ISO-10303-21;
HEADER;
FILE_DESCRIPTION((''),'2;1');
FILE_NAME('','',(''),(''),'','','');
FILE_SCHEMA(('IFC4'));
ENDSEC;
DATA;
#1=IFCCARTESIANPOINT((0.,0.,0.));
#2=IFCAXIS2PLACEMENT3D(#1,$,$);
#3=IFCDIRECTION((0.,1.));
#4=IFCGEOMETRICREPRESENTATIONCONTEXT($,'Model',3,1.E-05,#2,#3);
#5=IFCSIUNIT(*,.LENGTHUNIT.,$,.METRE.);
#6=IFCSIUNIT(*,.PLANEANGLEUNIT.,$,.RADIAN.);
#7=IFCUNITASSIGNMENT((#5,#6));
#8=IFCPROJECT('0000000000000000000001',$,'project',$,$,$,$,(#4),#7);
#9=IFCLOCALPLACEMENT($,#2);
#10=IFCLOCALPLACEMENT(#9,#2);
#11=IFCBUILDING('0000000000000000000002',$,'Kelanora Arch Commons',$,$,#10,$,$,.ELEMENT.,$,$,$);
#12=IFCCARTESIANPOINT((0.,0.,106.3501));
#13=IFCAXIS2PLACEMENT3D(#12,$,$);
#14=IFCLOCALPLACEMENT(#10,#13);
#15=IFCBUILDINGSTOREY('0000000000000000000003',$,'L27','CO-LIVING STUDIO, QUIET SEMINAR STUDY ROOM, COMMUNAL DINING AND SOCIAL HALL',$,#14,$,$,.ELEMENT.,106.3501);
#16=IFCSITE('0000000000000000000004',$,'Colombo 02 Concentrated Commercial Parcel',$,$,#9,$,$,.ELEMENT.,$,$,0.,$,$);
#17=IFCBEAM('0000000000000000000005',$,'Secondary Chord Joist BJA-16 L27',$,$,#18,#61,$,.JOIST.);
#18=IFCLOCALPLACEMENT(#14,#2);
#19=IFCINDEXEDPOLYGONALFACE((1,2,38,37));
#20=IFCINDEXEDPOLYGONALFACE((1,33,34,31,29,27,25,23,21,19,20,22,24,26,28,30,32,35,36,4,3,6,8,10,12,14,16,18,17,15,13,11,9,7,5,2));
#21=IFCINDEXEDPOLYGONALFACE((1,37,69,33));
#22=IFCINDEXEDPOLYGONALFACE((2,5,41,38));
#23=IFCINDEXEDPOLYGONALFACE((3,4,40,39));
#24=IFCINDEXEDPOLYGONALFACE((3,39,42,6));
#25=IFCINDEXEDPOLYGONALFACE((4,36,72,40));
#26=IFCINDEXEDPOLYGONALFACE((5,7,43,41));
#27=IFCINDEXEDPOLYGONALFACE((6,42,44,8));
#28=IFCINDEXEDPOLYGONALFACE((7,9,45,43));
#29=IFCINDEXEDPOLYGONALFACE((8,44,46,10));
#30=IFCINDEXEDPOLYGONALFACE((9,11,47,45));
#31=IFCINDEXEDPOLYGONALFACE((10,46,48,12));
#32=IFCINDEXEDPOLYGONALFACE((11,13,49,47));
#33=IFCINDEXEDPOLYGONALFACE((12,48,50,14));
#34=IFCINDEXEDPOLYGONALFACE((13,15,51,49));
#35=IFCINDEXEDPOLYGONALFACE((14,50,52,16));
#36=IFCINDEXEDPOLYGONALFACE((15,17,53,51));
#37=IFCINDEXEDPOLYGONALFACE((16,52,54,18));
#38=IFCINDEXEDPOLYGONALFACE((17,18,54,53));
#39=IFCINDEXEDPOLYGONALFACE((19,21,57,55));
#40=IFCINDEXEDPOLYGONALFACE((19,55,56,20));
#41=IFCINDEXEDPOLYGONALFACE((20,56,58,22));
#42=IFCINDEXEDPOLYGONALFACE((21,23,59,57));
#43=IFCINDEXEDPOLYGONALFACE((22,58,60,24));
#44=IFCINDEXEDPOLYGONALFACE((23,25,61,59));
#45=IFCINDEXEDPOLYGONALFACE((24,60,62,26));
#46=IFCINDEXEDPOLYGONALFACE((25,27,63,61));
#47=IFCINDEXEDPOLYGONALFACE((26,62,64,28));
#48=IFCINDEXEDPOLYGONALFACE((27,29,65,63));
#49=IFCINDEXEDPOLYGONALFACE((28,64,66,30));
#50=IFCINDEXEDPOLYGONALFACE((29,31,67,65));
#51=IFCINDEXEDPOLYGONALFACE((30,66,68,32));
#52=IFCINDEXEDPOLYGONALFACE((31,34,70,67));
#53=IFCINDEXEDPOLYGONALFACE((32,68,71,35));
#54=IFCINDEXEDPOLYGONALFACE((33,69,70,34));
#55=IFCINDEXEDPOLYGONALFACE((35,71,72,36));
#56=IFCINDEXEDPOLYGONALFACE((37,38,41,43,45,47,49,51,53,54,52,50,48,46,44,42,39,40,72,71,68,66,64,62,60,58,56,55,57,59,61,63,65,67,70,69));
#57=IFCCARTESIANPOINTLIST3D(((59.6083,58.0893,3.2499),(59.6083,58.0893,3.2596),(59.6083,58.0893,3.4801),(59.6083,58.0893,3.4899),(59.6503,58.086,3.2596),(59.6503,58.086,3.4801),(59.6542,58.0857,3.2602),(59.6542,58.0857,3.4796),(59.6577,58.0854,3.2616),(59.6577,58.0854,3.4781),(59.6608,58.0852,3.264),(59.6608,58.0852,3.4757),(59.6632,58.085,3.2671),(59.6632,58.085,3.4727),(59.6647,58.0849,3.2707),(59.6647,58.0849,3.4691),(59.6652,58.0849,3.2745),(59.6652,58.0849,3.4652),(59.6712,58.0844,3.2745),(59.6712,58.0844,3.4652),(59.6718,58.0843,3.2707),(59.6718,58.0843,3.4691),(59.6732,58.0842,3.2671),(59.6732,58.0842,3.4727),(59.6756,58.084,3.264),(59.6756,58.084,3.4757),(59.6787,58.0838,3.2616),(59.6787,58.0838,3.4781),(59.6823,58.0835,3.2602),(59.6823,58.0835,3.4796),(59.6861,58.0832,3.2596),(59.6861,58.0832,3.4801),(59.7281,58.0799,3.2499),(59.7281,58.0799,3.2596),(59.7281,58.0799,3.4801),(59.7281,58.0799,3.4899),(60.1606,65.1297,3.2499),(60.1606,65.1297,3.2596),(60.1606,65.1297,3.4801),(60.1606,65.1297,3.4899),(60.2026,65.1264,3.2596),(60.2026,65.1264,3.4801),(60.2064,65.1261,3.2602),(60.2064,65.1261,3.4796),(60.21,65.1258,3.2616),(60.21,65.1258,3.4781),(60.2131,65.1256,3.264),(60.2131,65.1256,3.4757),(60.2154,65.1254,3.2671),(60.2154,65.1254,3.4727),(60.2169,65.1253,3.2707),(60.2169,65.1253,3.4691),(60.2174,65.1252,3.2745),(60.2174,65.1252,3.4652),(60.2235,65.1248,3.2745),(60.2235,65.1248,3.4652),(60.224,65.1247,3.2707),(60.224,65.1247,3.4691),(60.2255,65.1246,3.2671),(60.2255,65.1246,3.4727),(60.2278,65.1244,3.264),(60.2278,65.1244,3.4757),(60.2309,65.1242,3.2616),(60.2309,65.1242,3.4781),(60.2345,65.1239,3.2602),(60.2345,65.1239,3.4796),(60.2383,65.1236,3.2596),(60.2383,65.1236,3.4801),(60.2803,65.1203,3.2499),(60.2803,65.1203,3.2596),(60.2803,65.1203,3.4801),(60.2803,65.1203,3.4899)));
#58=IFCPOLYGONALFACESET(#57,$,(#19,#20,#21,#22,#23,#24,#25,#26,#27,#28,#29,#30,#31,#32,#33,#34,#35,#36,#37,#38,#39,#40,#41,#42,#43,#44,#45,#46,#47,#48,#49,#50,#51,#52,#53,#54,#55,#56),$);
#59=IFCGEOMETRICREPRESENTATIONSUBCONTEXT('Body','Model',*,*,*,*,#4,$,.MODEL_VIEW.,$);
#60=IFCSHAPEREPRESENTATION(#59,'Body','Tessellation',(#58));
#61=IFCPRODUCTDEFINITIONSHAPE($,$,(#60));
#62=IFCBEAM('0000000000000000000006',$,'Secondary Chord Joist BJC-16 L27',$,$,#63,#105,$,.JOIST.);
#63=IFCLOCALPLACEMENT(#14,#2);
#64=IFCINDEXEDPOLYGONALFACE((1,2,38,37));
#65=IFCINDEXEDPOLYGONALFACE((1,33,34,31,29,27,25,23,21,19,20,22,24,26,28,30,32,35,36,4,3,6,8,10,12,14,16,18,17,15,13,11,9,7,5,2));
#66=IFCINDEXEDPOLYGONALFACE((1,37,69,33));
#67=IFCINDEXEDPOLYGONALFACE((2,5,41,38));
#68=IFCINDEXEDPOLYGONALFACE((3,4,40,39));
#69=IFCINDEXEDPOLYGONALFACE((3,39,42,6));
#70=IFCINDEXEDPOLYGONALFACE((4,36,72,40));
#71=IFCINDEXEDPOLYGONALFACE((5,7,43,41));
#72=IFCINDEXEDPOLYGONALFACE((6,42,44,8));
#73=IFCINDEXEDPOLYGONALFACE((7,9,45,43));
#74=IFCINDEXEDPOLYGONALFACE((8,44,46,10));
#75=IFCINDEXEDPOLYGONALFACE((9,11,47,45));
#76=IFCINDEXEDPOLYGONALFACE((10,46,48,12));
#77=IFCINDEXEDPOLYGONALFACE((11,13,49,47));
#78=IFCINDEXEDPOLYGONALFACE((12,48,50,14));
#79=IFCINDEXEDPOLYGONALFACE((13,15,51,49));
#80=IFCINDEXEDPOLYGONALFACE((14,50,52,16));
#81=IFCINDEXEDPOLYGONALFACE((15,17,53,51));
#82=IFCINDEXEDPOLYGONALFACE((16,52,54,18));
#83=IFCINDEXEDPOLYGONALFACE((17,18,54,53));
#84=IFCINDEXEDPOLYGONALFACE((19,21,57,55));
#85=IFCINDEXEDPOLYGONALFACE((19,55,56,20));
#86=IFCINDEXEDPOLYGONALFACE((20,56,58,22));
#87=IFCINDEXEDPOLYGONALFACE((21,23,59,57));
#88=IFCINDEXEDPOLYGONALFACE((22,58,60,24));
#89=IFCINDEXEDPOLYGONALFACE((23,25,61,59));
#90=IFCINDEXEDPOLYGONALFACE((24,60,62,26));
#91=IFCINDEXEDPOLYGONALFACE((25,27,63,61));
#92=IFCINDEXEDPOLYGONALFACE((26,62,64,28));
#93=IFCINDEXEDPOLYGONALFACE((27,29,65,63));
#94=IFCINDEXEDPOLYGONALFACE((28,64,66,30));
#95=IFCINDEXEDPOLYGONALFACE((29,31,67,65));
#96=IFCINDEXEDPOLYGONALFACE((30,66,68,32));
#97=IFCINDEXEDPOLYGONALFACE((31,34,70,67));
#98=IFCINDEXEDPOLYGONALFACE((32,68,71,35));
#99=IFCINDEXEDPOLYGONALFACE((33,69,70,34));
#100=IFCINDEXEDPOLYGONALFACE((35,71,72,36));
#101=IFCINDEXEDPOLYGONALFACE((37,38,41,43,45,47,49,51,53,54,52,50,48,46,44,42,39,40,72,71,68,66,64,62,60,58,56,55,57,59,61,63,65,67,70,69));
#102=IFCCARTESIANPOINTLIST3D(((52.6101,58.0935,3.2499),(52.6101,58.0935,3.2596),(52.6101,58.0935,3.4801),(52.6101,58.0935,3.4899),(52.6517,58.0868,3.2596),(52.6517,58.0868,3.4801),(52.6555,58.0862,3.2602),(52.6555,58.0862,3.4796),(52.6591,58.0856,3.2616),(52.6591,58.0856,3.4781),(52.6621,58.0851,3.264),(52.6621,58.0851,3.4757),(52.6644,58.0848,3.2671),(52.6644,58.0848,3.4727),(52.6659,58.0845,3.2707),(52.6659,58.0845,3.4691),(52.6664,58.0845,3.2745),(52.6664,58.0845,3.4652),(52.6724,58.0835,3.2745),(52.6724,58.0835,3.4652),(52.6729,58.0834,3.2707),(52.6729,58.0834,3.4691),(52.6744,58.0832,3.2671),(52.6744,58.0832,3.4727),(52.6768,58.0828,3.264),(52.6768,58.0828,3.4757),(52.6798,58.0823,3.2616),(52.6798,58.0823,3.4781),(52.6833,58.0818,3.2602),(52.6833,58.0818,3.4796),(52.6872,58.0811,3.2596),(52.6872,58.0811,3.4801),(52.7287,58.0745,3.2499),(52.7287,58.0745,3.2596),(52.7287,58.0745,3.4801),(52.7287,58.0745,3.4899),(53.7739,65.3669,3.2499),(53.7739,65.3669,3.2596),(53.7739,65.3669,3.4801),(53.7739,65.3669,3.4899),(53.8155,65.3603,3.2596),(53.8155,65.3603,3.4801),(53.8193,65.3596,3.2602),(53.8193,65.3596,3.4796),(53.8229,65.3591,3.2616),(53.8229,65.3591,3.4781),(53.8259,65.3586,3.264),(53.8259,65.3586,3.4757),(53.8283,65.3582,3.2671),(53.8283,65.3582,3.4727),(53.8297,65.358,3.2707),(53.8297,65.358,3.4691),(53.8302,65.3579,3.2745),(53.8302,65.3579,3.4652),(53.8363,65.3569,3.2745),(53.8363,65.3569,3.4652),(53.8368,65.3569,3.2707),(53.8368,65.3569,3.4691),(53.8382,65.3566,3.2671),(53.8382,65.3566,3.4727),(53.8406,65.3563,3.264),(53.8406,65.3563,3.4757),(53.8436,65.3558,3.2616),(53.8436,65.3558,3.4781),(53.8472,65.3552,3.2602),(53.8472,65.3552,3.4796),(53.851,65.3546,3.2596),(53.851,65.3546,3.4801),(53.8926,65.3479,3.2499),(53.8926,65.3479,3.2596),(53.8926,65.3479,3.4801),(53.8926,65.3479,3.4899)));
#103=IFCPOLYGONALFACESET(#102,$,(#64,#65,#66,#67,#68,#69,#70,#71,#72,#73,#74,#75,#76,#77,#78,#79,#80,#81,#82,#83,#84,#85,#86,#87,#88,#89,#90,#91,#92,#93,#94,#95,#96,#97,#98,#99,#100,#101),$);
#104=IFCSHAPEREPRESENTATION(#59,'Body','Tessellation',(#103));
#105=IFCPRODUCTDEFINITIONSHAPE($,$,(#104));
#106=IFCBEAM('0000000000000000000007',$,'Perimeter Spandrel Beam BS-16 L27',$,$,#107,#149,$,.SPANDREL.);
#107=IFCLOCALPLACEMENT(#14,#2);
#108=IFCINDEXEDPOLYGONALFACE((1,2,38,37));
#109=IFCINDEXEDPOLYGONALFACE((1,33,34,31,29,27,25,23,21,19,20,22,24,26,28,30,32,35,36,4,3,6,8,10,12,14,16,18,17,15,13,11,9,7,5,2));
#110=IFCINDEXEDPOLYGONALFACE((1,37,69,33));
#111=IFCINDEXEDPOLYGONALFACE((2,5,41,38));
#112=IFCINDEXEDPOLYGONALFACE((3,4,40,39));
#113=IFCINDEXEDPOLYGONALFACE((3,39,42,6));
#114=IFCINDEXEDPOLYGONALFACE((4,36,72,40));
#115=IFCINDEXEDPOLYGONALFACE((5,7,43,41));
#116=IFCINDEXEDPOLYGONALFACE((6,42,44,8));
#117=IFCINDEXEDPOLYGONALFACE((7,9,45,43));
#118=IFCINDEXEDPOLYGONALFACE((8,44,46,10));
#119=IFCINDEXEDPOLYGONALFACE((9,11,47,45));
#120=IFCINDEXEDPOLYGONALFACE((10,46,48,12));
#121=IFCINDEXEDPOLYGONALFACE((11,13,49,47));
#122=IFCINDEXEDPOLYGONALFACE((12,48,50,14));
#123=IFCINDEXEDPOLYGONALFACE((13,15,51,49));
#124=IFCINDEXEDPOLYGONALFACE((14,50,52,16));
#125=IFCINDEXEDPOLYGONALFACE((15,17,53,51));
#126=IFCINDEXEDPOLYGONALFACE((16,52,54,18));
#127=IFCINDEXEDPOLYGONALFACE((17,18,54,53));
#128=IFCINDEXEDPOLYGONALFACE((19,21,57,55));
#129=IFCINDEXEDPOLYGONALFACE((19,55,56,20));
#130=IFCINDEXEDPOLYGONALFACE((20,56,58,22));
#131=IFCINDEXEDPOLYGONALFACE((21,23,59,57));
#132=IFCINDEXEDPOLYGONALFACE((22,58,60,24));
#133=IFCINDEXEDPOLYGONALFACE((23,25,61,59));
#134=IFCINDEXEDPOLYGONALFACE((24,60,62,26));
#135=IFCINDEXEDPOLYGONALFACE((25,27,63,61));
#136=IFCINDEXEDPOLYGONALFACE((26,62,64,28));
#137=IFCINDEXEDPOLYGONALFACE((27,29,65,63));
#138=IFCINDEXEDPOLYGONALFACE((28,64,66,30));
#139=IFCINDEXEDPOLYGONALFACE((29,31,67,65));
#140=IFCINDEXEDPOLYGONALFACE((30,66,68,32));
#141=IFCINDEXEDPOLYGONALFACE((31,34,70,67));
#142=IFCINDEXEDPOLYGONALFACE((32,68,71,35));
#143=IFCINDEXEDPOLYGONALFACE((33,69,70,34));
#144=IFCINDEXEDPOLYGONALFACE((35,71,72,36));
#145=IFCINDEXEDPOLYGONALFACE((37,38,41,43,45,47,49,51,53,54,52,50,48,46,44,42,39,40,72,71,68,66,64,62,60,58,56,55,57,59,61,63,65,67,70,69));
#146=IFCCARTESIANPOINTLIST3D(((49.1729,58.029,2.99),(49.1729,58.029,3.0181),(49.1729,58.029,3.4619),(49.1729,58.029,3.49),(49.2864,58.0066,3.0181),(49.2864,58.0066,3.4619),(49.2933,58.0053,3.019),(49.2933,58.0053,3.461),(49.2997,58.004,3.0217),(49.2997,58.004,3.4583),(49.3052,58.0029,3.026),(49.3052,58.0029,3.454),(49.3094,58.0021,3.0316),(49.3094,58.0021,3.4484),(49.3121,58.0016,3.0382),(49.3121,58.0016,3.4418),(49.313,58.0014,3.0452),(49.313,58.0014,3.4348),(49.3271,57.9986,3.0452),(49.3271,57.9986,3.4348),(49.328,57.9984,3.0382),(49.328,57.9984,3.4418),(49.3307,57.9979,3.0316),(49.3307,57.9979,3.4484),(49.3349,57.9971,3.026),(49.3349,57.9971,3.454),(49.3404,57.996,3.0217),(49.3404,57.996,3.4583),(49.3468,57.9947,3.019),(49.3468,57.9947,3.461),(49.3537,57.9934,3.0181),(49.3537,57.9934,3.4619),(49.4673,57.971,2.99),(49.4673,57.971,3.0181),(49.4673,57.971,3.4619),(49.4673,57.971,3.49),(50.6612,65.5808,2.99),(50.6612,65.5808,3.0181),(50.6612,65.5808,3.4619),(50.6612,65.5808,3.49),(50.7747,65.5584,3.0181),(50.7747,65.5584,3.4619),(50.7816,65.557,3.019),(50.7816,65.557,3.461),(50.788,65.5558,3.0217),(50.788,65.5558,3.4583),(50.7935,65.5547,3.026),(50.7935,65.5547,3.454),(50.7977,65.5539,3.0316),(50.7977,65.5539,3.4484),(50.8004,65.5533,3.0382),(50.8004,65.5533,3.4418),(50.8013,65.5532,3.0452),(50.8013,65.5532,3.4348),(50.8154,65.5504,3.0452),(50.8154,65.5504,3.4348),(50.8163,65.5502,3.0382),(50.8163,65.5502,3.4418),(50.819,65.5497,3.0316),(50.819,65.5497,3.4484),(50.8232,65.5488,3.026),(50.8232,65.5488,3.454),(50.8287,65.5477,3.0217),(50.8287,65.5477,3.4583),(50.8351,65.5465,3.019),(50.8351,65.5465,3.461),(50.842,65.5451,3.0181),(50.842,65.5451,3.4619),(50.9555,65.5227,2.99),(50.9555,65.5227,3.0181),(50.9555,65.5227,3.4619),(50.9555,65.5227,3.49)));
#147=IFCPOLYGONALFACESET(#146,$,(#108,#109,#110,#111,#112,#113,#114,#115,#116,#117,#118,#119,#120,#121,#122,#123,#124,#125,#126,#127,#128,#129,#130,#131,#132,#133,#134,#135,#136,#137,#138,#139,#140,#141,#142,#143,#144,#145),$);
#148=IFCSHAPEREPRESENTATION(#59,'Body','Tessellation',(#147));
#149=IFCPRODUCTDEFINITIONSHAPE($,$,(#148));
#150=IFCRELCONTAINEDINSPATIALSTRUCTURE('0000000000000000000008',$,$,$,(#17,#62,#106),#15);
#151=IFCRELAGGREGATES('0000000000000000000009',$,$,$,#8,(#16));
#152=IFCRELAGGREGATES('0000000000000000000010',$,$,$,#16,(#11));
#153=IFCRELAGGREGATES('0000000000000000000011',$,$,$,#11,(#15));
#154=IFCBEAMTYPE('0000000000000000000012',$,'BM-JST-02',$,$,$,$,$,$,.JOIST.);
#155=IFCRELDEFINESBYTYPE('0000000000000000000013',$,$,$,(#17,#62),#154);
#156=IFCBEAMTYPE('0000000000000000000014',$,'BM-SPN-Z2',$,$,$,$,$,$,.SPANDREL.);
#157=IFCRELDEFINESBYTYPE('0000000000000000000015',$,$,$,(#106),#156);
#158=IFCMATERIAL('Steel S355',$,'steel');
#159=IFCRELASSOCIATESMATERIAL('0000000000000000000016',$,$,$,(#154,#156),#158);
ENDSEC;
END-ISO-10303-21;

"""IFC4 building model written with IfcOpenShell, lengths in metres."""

from ifc_helpers import new_model, si_unit, direction, frame, origin, origin_2d, place, context, subcontext, project, spatial, i_section, extrude, material, material_profile, profile_set, type_object, element, save


model = new_model("IFC4")

# Units and contexts
model_context = context("Model", 3, precision=1e-05, world=origin(), true_north=direction((0.0, 1.0)))
body_context = subcontext(model_context, "Body", "Model", "MODEL_VIEW")
ifc_project = project(units=[si_unit("LENGTHUNIT", "METRE"), si_unit("PLANEANGLEUNIT", "RADIAN")], contexts=[model_context])

# Site, building, storey
site_placement = place(None, origin())
site = spatial("IfcSite", under=ifc_project, at=site_placement, Name="Colombo 02 Concentrated Commercial Parcel", CompositionType="ELEMENT", RefElevation=0.0)
building_placement = place(site_placement, origin())
building = spatial("IfcBuilding", under=site, at=building_placement, Name="Kelanora Arch Commons", CompositionType="ELEMENT")
storey_placement = place(building_placement, frame((0.0, 0.0, 106.3501)))
storey = spatial("IfcBuildingStorey", under=building, at=storey_placement, Name="L27", Description="CO-LIVING STUDIO, QUIET SEMINAR STUDY ROOM, COMMUNAL DINING AND SOCIAL HALL", CompositionType="ELEMENT", Elevation=106.3501)

# Beams
ifc_material_1 = material(Name="Steel S355", Category="steel")
ifc_material_profile_1 = material_profile(ifc_material_1, i_section(OverallWidth=0.1201, OverallDepth=0.24, WebThickness=0.0061, FlangeThickness=0.0098, FilletRadius=0.0149, at=origin_2d()), Name="IPE240")
ifc_profile_set_1 = profile_set([ifc_material_profile_1], Name="Steel S355")
beam_type_1 = type_object("IfcBeamType", Name="BM-JST-02", PredefinedType="JOIST", material=ifc_profile_set_1)
beam_1_placement = place(storey_placement, frame((60.2205, 65.125, 3.3699), z_axis=(-0.078201, -0.996938, 0.0), x_axis=(0.996938, -0.078201, 0.0)))
element("IfcBeam", 1, at=beam_1_placement, inside=storey, type_object=beam_type_1, Name="Secondary Chord Joist BJA-16 L27", PredefinedType="JOIST", context=body_context, shape_type="SweptSolid", body=[
    extrude(i_section(OverallWidth=0.1201, OverallDepth=0.24, WebThickness=0.0061, FlangeThickness=0.0098, FilletRadius=0.0149, at=origin_2d()), origin(), (0.0, 0.0, 1.0), 7.062),
])
beam_2_placement = place(storey_placement, frame((53.8333, 65.3574, 3.3699), z_axis=(-0.158, -0.987439, 0.0), x_axis=(0.987439, -0.158, 0.0)))
element("IfcBeam", 2, at=beam_2_placement, inside=storey, type_object=beam_type_1, Name="Secondary Chord Joist BJC-16 L27", PredefinedType="JOIST", context=body_context, shape_type="SweptSolid", body=[
    extrude(i_section(OverallWidth=0.1201, OverallDepth=0.24, WebThickness=0.0061, FlangeThickness=0.0098, FilletRadius=0.0149, at=origin_2d()), origin(), (0.0, 0.0, 1.0), 7.366),
])
ifc_material_profile_2 = material_profile(ifc_material_1, i_section(OverallWidth=0.3, OverallDepth=0.5, WebThickness=0.0144, FlangeThickness=0.0281, FilletRadius=0.0271, at=origin_2d()), Name="HEB500")
ifc_profile_set_2 = profile_set([ifc_material_profile_2], Name="Steel S355")
beam_type_2 = type_object("IfcBeamType", Name="BM-SPN-Z2", PredefinedType="SPANDREL", material=ifc_profile_set_2)
beam_3_placement = place(storey_placement, frame((50.8083, 65.5518, 3.24), z_axis=(-0.193358, -0.981128, 0.0), x_axis=(0.981128, -0.193358, 0.0)))
element("IfcBeam", 3, at=beam_3_placement, inside=storey, type_object=beam_type_2, Name="Perimeter Spandrel Beam BS-16 L27", PredefinedType="SPANDREL", context=body_context, shape_type="SweptSolid", body=[
    extrude(i_section(OverallWidth=0.3, OverallDepth=0.5, WebThickness=0.0144, FlangeThickness=0.0281, FilletRadius=0.0271, at=origin_2d()), origin(), (0.0, 0.0, 1.0), 7.697),
])

save(model, "model.ifc")
